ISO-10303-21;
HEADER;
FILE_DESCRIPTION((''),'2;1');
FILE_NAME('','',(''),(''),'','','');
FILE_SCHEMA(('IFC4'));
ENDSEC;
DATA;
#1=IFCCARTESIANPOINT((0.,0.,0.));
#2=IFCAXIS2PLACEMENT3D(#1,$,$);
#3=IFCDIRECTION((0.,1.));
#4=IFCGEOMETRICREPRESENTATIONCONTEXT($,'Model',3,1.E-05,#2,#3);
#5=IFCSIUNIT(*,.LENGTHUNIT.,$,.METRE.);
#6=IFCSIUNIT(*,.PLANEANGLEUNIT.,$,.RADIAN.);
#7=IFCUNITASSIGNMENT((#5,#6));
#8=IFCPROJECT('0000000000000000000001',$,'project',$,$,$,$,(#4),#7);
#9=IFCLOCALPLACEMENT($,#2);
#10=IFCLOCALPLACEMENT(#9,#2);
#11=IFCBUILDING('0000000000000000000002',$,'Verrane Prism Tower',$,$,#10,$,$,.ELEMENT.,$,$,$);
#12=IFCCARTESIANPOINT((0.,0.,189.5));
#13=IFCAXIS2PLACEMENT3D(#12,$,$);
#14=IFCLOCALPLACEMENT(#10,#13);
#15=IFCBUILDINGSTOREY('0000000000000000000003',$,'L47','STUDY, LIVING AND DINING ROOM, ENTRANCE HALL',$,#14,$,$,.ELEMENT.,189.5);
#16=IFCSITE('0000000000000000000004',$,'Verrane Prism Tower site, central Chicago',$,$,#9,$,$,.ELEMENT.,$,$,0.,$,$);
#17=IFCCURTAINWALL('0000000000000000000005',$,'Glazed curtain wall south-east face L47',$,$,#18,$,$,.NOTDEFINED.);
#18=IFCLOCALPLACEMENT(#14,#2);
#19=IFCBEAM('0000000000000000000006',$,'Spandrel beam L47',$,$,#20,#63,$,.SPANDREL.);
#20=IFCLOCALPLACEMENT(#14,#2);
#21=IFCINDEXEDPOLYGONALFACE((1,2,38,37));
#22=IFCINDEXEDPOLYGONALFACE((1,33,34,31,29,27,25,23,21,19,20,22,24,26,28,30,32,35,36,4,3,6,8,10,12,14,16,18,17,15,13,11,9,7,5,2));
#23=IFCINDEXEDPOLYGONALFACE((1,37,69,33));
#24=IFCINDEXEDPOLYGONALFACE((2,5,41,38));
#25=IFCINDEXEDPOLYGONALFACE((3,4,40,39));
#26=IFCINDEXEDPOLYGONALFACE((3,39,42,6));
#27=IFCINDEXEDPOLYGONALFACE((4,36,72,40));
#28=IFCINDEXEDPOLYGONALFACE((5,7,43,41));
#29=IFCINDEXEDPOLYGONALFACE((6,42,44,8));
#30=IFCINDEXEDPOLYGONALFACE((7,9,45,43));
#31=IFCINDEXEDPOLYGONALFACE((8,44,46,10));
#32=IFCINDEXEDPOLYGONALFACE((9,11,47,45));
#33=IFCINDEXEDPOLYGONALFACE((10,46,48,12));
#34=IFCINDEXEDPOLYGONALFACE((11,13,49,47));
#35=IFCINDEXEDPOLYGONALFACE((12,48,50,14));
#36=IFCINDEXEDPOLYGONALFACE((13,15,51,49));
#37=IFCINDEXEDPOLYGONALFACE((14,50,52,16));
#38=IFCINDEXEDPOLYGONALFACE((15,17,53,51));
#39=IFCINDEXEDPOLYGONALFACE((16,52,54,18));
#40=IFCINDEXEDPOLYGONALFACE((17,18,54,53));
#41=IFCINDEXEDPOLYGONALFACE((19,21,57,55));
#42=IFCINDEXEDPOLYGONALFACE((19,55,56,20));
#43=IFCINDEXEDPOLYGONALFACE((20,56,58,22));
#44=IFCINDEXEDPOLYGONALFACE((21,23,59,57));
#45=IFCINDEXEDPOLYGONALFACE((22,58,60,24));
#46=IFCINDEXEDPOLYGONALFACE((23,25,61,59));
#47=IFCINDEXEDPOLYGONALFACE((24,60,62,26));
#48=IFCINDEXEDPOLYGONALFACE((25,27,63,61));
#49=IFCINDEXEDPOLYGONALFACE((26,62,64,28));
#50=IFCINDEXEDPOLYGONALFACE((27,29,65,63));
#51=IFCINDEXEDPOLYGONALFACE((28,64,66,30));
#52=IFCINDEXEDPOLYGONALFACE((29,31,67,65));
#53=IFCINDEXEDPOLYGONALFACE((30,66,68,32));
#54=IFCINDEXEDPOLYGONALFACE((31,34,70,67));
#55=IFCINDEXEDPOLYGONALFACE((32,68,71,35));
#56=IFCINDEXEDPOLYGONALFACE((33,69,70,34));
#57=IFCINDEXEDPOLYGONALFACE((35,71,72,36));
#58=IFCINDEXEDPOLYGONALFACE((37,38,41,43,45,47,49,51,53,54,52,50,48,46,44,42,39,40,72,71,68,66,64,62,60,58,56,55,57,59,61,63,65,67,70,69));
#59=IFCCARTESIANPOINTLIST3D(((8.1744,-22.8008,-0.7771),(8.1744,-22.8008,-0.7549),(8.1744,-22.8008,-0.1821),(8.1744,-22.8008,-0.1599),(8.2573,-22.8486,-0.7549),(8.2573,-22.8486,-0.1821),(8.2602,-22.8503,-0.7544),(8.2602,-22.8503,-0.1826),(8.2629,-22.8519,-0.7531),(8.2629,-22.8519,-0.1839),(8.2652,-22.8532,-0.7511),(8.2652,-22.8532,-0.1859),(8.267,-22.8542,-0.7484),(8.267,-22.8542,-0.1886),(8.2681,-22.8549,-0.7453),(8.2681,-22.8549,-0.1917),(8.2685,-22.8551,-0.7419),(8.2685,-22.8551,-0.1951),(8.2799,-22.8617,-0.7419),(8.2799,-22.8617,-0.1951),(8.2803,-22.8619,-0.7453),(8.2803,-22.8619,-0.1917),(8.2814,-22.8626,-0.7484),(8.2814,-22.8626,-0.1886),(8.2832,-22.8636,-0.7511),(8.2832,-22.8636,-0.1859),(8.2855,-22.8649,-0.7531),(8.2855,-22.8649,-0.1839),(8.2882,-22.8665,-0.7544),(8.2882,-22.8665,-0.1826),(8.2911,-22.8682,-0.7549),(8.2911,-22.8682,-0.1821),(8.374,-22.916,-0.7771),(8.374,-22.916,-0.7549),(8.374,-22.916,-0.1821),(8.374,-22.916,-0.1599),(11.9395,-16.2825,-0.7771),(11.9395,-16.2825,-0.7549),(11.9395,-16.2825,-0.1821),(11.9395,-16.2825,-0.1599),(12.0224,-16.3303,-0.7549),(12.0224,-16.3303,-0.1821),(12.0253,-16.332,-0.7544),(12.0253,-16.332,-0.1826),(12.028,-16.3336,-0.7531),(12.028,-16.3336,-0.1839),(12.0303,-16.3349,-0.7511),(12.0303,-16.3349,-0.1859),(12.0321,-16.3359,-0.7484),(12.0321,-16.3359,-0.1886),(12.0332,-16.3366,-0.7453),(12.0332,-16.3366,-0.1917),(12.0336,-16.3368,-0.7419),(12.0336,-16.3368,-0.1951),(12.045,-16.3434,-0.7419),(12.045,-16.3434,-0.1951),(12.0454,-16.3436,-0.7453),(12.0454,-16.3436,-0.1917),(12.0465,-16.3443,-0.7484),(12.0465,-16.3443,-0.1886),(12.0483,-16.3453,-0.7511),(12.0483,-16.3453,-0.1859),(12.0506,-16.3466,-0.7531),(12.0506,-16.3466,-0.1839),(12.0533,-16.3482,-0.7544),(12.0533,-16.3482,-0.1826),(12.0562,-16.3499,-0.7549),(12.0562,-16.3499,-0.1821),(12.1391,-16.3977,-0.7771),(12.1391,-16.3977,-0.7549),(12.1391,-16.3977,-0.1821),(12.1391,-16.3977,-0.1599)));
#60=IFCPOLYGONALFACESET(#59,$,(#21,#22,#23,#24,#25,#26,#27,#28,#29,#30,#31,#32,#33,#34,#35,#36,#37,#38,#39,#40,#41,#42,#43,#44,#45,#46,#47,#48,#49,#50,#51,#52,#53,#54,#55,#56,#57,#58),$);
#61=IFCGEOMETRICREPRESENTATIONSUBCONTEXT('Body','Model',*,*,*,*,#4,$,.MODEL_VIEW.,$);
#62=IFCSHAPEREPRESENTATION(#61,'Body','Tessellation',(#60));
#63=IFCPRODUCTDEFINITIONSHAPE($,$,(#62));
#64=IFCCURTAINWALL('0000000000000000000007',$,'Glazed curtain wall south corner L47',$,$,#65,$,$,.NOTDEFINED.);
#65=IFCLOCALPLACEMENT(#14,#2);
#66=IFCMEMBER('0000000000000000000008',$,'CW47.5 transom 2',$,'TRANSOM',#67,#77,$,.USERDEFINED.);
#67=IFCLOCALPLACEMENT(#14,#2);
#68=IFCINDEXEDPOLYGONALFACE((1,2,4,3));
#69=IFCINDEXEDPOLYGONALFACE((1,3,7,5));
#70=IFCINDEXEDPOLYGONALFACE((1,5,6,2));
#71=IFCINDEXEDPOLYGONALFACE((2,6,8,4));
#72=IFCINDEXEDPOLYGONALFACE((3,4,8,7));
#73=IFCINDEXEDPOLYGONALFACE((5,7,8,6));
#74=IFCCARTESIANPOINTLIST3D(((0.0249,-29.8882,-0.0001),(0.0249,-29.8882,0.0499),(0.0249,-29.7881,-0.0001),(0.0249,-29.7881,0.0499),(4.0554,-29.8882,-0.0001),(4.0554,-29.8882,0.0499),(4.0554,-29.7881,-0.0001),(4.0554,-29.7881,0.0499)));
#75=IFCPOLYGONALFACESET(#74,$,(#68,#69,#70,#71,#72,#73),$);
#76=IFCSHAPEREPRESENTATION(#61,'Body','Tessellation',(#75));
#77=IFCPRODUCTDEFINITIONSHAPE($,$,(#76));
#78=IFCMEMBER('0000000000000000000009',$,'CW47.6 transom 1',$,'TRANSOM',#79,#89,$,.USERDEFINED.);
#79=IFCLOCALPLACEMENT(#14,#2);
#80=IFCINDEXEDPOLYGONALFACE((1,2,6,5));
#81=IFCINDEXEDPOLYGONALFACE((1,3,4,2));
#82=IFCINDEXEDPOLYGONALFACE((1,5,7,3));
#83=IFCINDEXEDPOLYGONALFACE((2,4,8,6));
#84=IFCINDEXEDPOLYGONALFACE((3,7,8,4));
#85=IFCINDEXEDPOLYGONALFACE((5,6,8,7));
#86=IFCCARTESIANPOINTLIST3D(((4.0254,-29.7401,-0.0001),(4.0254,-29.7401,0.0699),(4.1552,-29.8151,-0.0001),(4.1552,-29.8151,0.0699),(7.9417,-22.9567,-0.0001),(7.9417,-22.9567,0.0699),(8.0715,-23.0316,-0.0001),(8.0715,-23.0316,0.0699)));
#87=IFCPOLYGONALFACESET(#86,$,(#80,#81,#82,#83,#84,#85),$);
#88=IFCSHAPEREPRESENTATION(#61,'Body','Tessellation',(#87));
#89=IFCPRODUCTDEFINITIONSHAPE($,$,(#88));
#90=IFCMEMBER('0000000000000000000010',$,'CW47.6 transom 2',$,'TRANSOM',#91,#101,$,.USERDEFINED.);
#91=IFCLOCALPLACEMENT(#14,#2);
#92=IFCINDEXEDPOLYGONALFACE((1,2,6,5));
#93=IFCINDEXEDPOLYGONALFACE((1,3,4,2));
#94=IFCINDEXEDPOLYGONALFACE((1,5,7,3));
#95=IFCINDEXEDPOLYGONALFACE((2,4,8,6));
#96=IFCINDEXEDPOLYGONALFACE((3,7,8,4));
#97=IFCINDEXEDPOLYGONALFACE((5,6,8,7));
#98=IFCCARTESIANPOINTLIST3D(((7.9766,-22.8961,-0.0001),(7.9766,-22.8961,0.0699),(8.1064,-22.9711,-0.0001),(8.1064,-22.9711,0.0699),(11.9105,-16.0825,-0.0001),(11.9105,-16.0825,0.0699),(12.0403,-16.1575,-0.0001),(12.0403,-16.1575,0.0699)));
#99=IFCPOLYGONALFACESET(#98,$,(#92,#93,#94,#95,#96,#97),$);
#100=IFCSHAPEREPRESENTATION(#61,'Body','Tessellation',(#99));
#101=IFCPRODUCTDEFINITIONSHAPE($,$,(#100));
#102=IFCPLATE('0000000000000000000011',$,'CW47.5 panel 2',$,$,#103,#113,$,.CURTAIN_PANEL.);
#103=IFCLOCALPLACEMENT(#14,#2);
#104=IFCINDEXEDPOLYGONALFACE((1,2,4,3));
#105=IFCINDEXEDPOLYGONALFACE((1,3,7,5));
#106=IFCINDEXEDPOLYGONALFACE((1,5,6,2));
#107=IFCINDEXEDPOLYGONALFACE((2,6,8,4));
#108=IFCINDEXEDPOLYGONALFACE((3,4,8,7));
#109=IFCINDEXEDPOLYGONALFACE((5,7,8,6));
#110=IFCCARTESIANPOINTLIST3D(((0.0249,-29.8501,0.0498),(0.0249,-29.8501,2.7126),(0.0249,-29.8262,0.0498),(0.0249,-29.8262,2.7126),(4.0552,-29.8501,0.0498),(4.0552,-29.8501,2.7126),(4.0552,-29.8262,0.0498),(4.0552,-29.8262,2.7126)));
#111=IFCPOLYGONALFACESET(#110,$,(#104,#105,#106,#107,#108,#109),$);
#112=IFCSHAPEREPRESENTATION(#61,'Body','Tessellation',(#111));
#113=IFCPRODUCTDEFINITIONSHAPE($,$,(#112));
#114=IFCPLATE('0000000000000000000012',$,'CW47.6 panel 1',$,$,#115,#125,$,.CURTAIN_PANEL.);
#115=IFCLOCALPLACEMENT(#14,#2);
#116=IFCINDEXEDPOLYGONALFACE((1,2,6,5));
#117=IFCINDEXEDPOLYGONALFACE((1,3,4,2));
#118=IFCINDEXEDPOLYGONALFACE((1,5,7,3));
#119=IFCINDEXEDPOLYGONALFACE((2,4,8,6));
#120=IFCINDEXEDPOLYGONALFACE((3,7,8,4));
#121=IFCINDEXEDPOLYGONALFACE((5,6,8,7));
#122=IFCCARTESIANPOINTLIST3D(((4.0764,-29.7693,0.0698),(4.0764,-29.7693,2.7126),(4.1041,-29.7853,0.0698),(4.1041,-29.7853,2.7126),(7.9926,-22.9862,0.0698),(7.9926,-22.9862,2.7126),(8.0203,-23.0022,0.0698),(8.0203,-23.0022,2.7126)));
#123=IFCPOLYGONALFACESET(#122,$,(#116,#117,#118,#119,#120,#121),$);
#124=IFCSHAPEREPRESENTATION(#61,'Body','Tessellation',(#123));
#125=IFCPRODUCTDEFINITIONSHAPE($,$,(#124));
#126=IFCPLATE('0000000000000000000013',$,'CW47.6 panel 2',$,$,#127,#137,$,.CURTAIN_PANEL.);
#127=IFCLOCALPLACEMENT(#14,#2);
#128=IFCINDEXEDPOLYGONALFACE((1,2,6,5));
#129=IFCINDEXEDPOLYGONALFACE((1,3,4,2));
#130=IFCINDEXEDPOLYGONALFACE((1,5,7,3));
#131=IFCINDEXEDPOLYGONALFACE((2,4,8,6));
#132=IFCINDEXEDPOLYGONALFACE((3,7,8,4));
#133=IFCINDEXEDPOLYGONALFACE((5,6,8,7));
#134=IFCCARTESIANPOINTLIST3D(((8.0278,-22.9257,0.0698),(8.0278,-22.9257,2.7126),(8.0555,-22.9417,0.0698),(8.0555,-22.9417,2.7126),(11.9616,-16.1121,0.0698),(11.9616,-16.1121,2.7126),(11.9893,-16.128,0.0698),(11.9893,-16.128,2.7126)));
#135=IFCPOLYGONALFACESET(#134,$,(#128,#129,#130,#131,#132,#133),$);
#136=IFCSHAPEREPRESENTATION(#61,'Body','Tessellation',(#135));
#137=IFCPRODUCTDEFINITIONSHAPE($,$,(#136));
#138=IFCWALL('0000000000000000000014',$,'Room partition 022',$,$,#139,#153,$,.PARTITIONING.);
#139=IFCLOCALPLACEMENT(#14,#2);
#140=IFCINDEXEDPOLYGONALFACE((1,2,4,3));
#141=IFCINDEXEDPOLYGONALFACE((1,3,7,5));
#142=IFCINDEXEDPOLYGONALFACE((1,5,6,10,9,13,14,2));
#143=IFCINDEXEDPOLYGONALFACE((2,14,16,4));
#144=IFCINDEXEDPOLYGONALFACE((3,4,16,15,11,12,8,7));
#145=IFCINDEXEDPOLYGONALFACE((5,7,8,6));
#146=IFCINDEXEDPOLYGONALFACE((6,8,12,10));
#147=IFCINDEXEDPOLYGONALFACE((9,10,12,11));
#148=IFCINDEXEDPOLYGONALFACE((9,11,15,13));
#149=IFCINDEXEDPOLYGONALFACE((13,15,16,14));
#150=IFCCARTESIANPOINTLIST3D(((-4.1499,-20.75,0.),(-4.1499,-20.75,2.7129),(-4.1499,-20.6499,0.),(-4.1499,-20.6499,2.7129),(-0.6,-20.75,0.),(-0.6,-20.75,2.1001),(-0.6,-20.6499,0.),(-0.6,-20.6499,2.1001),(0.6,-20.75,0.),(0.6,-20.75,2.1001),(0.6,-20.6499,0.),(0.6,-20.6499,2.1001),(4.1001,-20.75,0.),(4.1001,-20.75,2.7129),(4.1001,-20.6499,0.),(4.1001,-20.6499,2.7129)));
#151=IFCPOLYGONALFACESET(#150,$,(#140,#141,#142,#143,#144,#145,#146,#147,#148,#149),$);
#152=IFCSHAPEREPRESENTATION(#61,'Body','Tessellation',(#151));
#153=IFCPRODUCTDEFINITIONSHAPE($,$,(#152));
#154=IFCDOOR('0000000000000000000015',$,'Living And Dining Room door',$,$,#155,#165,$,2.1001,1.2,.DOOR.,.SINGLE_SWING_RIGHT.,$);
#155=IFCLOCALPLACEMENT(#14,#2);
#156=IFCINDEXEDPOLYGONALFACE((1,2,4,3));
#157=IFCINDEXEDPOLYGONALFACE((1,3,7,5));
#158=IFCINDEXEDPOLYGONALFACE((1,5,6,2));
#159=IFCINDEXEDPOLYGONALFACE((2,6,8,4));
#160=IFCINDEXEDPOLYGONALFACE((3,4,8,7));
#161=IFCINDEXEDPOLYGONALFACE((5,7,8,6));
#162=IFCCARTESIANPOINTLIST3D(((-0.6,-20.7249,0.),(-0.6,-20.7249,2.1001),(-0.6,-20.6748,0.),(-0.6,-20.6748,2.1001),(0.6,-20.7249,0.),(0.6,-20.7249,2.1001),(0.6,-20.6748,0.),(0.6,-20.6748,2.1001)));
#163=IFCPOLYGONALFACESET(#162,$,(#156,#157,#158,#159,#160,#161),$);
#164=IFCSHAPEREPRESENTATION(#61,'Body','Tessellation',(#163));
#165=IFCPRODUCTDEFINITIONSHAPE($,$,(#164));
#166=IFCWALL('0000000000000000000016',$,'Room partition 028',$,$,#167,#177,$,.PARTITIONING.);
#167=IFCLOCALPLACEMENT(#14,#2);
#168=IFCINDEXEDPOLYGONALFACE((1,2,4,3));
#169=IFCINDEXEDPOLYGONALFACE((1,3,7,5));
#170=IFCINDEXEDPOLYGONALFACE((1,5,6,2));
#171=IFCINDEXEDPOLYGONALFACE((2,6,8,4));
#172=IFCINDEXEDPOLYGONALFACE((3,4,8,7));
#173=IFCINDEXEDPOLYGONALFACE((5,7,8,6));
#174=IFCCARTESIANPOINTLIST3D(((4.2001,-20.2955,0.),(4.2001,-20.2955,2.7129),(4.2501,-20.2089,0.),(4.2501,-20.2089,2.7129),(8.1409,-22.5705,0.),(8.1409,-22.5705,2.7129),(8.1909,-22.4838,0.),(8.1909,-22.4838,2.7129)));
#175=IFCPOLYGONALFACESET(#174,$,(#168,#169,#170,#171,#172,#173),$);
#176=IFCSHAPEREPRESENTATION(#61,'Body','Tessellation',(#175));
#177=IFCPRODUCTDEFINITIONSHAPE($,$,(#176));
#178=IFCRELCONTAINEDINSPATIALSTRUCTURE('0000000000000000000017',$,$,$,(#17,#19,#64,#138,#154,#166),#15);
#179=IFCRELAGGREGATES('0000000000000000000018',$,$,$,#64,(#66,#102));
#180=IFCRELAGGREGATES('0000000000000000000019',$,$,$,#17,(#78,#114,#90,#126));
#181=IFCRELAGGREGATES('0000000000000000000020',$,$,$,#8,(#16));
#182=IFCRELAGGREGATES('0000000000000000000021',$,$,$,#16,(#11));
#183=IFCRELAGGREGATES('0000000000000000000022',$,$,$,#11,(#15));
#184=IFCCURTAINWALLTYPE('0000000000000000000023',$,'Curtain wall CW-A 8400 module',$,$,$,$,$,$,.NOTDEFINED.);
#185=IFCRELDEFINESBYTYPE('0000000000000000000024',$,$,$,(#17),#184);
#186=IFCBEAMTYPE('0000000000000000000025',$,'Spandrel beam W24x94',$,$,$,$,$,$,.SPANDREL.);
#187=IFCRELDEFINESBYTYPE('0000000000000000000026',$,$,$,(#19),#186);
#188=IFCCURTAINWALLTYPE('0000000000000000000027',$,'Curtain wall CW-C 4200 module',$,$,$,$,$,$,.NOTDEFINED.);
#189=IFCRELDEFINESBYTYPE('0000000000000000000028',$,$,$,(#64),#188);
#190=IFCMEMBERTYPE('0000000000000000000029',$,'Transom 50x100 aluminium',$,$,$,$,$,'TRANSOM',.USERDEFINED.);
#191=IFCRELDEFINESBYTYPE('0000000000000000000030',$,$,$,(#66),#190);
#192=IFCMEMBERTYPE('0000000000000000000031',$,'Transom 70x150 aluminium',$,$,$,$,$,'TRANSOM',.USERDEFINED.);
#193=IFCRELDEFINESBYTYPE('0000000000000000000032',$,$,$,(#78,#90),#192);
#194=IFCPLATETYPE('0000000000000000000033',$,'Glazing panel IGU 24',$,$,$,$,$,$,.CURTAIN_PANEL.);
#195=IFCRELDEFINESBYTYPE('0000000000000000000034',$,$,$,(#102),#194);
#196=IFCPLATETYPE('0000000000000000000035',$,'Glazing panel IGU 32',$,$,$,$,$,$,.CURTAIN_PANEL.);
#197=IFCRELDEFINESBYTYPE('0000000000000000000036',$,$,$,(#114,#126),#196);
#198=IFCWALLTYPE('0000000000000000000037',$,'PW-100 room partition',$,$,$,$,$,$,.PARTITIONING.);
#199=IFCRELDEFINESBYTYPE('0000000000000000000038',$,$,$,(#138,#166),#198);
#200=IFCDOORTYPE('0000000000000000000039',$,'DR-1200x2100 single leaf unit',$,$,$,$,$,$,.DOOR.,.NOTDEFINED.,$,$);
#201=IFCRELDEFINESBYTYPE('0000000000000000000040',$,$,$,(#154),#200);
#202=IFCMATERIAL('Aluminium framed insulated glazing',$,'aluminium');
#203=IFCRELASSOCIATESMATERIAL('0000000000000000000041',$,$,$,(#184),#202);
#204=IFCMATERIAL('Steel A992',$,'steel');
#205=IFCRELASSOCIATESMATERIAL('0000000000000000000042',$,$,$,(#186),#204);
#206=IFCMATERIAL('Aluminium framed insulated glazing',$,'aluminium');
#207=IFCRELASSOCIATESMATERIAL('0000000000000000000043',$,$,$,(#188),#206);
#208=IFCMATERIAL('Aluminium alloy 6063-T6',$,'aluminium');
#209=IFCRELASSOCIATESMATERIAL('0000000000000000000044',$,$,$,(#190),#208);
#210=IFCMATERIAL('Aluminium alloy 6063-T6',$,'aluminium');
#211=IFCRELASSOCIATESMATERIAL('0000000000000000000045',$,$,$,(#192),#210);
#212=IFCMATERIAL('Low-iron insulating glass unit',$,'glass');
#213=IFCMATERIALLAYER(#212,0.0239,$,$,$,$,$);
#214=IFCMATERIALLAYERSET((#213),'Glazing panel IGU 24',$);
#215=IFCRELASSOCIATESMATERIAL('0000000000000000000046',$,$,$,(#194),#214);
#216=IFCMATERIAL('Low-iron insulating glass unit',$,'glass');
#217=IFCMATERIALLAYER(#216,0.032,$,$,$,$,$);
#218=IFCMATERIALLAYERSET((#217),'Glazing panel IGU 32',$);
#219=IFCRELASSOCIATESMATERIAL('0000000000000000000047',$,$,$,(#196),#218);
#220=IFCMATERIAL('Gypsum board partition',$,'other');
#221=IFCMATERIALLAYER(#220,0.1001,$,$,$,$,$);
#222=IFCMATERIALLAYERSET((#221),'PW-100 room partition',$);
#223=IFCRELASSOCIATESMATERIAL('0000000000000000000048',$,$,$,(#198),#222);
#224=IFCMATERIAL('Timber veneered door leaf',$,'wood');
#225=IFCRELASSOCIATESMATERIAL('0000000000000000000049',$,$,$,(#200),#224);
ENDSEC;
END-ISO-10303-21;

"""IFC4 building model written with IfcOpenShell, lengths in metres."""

from ifc_helpers import new_model, si_unit, direction, frame, frame_2d, origin, origin_2d, place, context, subcontext, project, spatial, rectangle, i_section, extrude, material, layer, layer_set, material_profile, profile_set, type_object, element, fill, aggregate, save


model = new_model("IFC4")

# Units and contexts
model_context = context("Model", 3, precision=1e-05, world=origin(), true_north=direction((0.0, 1.0)))
body_context = subcontext(model_context, "Body", "Model", "MODEL_VIEW")
ifc_project = project(units=[si_unit("LENGTHUNIT", "METRE"), si_unit("PLANEANGLEUNIT", "RADIAN")], contexts=[model_context])

# Site, building, storey
site_placement = place(None, origin())
site = spatial("IfcSite", under=ifc_project, at=site_placement, Name="Verrane Prism Tower site, central Chicago", CompositionType="ELEMENT", RefElevation=0.0)
building_placement = place(site_placement, origin())
building = spatial("IfcBuilding", under=site, at=building_placement, Name="Verrane Prism Tower", CompositionType="ELEMENT")
storey_placement = place(building_placement, frame((0.0, 0.0, 189.5)))
storey = spatial("IfcBuildingStorey", under=building, at=storey_placement, Name="L47", Description="STUDY, LIVING AND DINING ROOM, ENTRANCE HALL", CompositionType="ELEMENT", Elevation=189.5)

# Curtain wall
ifc_material_1 = material(Name="Aluminium framed insulated glazing", Category="aluminium")
curtain_wall_type_1 = type_object("IfcCurtainWallType", Name="Curtain wall CW-A 8400 module", PredefinedType="NOTDEFINED", material=ifc_material_1)
curtain_wall_1_placement = place(storey_placement, origin())
curtain_wall_1 = element("IfcCurtainWall", 1, at=curtain_wall_1_placement, inside=storey, type_object=curtain_wall_type_1, Name="Glazed curtain wall south-east face L47", PredefinedType="NOTDEFINED")

# Beam
ifc_material_2 = material(Name="Steel A992", Category="steel")
ifc_material_profile_1 = material_profile(ifc_material_2, i_section(OverallWidth=0.2305, OverallDepth=0.6172, WebThickness=0.0132, FlangeThickness=0.0222, FilletRadius=0.0129, at=origin_2d()), Name="W24x94")
ifc_profile_set_1 = profile_set([ifc_material_profile_1], Name="Steel A992")
beam_type_1 = type_object("IfcBeamType", Name="Spandrel beam W24x94", PredefinedType="SPANDREL", material=ifc_profile_set_1)
beam_1_placement = place(storey_placement, frame((8.2742, -22.8584, -0.4685), z_axis=(0.500178, 0.865923, 0.0), x_axis=(-0.865923, 0.500178, 0.0)))
element("IfcBeam", 2, at=beam_1_placement, inside=storey, type_object=beam_type_1, Name="Spandrel beam L47", PredefinedType="SPANDREL", context=body_context, shape_type="SweptSolid", body=[
    extrude(i_section(OverallWidth=0.2305, OverallDepth=0.6172, WebThickness=0.0132, FlangeThickness=0.0222, FilletRadius=0.0129, at=origin_2d()), origin(), (0.0, 0.0, 1.0), 7.5276),
])

# Curtain wall, member
ifc_material_3 = material(Name="Aluminium framed insulated glazing", Category="aluminium")
curtain_wall_type_2 = type_object("IfcCurtainWallType", Name="Curtain wall CW-C 4200 module", PredefinedType="NOTDEFINED", material=ifc_material_3)
curtain_wall_2_placement = place(storey_placement, origin())
curtain_wall_2 = element("IfcCurtainWall", 3, at=curtain_wall_2_placement, inside=storey, type_object=curtain_wall_type_2, Name="Glazed curtain wall south corner L47", PredefinedType="NOTDEFINED")
ifc_material_4 = material(Name="Aluminium alloy 6063-T6", Category="aluminium")
ifc_material_profile_2 = material_profile(ifc_material_4, rectangle(XDim=0.1001, YDim=0.05, at=origin_2d()), Name="Transom 50x100 aluminium")
ifc_profile_set_2 = profile_set([ifc_material_profile_2], Name="Aluminium alloy 6063-T6")
member_type_1 = type_object("IfcMemberType", Name="Transom 50x100 aluminium", ElementType="TRANSOM", PredefinedType="USERDEFINED", material=ifc_profile_set_2)
member_1_placement = place(storey_placement, frame((0.0249, -29.8381, 0.0249), z_axis=(1.0, 0.0, 0.0), x_axis=(0.0, 1.0, 0.0)))
member_1 = element("IfcMember", 4, at=member_1_placement, type_object=member_type_1, Name="CW47.5 transom 2", ObjectType="TRANSOM", PredefinedType="USERDEFINED", context=body_context, shape_type="SweptSolid", body=[
    extrude(rectangle(XDim=0.1001, YDim=0.05, at=origin_2d()), origin(), (0.0, 0.0, 1.0), 4.0305),
])

# Members
ifc_material_5 = material(Name="Aluminium alloy 6063-T6", Category="aluminium")
ifc_material_profile_3 = material_profile(ifc_material_5, rectangle(XDim=0.1499, YDim=0.0701, at=origin_2d()), Name="Transom 70x150 aluminium")
ifc_profile_set_3 = profile_set([ifc_material_profile_3], Name="Aluminium alloy 6063-T6")
member_type_2 = type_object("IfcMemberType", Name="Transom 70x150 aluminium", ElementType="TRANSOM", PredefinedType="USERDEFINED", material=ifc_profile_set_3)
member_2_placement = place(storey_placement, frame((4.0903, -29.7776, 0.0349), z_axis=(0.499984, 0.866035, 0.0), x_axis=(-0.866035, 0.499984, 0.0)))
member_2 = element("IfcMember", 5, at=member_2_placement, type_object=member_type_2, Name="CW47.6 transom 1", ObjectType="TRANSOM", PredefinedType="USERDEFINED", context=body_context, shape_type="SweptSolid", body=[
    extrude(rectangle(XDim=0.1499, YDim=0.0701, at=origin_2d()), origin(), (0.0, 0.0, 1.0), 7.8328),
])
member_3_placement = place(storey_placement, frame((8.0415, -22.9336, 0.0349), z_axis=(0.500007, 0.866021, 0.0), x_axis=(-0.866021, 0.500007, 0.0)))
member_3 = element("IfcMember", 6, at=member_3_placement, type_object=member_type_2, Name="CW47.6 transom 2", ObjectType="TRANSOM", PredefinedType="USERDEFINED", context=body_context, shape_type="SweptSolid", body=[
    extrude(rectangle(XDim=0.1499, YDim=0.0701, at=origin_2d()), origin(), (0.0, 0.0, 1.0), 7.8677),
])

# Plates
ifc_material_6 = material(Name="Low-iron insulating glass unit", Category="glass")
ifc_layer_1 = layer(ifc_material_6, 0.0239)
ifc_layer_set_1 = layer_set([ifc_layer_1], Name="Glazing panel IGU 24")
plate_type_1 = type_object("IfcPlateType", Name="Glazing panel IGU 24", PredefinedType="CURTAIN_PANEL", material=ifc_layer_set_1)
plate_1_placement = place(storey_placement, frame((2.04, -29.8381, 0.0498), z_axis=(0.0, 0.0, 1.0), x_axis=(1.0, 0.0, 0.0)))
plate_1 = element("IfcPlate", 7, at=plate_1_placement, type_object=plate_type_1, Name="CW47.5 panel 2", PredefinedType="CURTAIN_PANEL", context=body_context, shape_type="SweptSolid", body=[
    extrude(rectangle(XDim=4.0303, YDim=0.0239, at=origin_2d()), origin(), (0.0, 0.0, 1.0), 2.6628),
])
aggregate(curtain_wall_2, [member_1, plate_1])
ifc_material_7 = material(Name="Low-iron insulating glass unit", Category="glass")
ifc_layer_2 = layer(ifc_material_7, 0.032)
ifc_layer_set_2 = layer_set([ifc_layer_2], Name="Glazing panel IGU 32")
plate_type_2 = type_object("IfcPlateType", Name="Glazing panel IGU 32", PredefinedType="CURTAIN_PANEL", material=ifc_layer_set_2)
plate_2_placement = place(storey_placement, frame((6.0483, -26.3857, 0.0698), z_axis=(0.0, 0.0, 1.0), x_axis=(0.5, 0.866026, 0.0)))
plate_2 = element("IfcPlate", 8, at=plate_2_placement, type_object=plate_type_2, Name="CW47.6 panel 1", PredefinedType="CURTAIN_PANEL", context=body_context, shape_type="SweptSolid", body=[
    extrude(rectangle(XDim=7.8325, YDim=0.032, at=origin_2d()), origin(), (0.0, 0.0, 1.0), 2.6428),
])
plate_3_placement = place(storey_placement, frame((10.0085, -19.5269, 0.0698), z_axis=(0.0, 0.0, 1.0), x_axis=(0.5, 0.866026, 0.0)))
plate_3 = element("IfcPlate", 9, at=plate_3_placement, type_object=plate_type_2, Name="CW47.6 panel 2", PredefinedType="CURTAIN_PANEL", context=body_context, shape_type="SweptSolid", body=[
    extrude(rectangle(XDim=7.8677, YDim=0.032, at=origin_2d()), origin(), (0.0, 0.0, 1.0), 2.6428),
])
aggregate(curtain_wall_1, [member_2, plate_2, member_3, plate_3])

# Wall, opening, door
ifc_material_8 = material(Name="Gypsum board partition", Category="other")
ifc_layer_3 = layer(ifc_material_8, 0.1001)
ifc_layer_set_3 = layer_set([ifc_layer_3], Name="PW-100 room partition")
wall_type = type_object("IfcWallType", Name="PW-100 room partition", PredefinedType="PARTITIONING", material=ifc_layer_set_3)
wall_1_placement = place(storey_placement, frame((4.1001, -20.7, 0.0), z_axis=(0.0, 0.0, 1.0), x_axis=(-1.0, 0.0, 0.0)))
wall_1 = element("IfcWall", 10, at=wall_1_placement, inside=storey, type_object=wall_type, Name="Room partition 022", PredefinedType="PARTITIONING", context=body_context, shape_type="SweptSolid", body=[
    extrude(rectangle(XDim=8.25, YDim=0.1001, at=frame_2d((4.125, 0.0))), origin(), (0.0, 0.0, 1.0), 2.7129),
])
opening_placement = place(wall_1_placement, frame((3.5, 0.0, 0.0)))
opening = element("IfcOpeningElement", 11, at=opening_placement, cuts=wall_1, PredefinedType="OPENING", context=body_context, shape_type="SweptSolid", body=[
    extrude(rectangle(XDim=1.2, YDim=2.1001, at=frame_2d((0.6001, 1.05))), frame((0.0, 0.0601, 0.0), z_axis=(0.0, -1.0, 0.0), x_axis=(1.0, 0.0, 0.0)), (0.0, 0.0, 1.0), 0.1201),
])
ifc_material_9 = material(Name="Timber veneered door leaf", Category="wood")
door_type = type_object("IfcDoorType", Name="DR-1200x2100 single leaf unit", OperationType="NOTDEFINED", PredefinedType="DOOR", material=ifc_material_9)
door_placement = place(opening_placement, origin())
door = element("IfcDoor", 12, at=door_placement, inside=storey, type_object=door_type, Name="Living And Dining Room door", OperationType="SINGLE_SWING_RIGHT", OverallHeight=2.1001, OverallWidth=1.2, PredefinedType="DOOR", context=body_context, shape_type="SweptSolid", body=[
    extrude(rectangle(XDim=1.2, YDim=2.1001, at=frame_2d((0.6001, 1.05))), frame((0.0, 0.0249, 0.0), z_axis=(0.0, -1.0, 0.0), x_axis=(1.0, 0.0, 0.0)), (0.0, 0.0, 1.0), 0.05),
])
fill(opening, door)

# Wall
wall_2_placement = place(storey_placement, frame((4.2251, -20.2522, 0.0), z_axis=(0.0, 0.0, 1.0), x_axis=(0.866049, -0.499959, 0.0)))
element("IfcWall", 13, at=wall_2_placement, inside=storey, type_object=wall_type, Name="Room partition 028", PredefinedType="PARTITIONING", context=body_context, shape_type="SweptSolid", body=[
    extrude(rectangle(XDim=4.5503, YDim=0.1001, at=frame_2d((2.2751, 0.0))), origin(), (0.0, 0.0, 1.0), 2.7129),
])

save(model, "model.ifc")
